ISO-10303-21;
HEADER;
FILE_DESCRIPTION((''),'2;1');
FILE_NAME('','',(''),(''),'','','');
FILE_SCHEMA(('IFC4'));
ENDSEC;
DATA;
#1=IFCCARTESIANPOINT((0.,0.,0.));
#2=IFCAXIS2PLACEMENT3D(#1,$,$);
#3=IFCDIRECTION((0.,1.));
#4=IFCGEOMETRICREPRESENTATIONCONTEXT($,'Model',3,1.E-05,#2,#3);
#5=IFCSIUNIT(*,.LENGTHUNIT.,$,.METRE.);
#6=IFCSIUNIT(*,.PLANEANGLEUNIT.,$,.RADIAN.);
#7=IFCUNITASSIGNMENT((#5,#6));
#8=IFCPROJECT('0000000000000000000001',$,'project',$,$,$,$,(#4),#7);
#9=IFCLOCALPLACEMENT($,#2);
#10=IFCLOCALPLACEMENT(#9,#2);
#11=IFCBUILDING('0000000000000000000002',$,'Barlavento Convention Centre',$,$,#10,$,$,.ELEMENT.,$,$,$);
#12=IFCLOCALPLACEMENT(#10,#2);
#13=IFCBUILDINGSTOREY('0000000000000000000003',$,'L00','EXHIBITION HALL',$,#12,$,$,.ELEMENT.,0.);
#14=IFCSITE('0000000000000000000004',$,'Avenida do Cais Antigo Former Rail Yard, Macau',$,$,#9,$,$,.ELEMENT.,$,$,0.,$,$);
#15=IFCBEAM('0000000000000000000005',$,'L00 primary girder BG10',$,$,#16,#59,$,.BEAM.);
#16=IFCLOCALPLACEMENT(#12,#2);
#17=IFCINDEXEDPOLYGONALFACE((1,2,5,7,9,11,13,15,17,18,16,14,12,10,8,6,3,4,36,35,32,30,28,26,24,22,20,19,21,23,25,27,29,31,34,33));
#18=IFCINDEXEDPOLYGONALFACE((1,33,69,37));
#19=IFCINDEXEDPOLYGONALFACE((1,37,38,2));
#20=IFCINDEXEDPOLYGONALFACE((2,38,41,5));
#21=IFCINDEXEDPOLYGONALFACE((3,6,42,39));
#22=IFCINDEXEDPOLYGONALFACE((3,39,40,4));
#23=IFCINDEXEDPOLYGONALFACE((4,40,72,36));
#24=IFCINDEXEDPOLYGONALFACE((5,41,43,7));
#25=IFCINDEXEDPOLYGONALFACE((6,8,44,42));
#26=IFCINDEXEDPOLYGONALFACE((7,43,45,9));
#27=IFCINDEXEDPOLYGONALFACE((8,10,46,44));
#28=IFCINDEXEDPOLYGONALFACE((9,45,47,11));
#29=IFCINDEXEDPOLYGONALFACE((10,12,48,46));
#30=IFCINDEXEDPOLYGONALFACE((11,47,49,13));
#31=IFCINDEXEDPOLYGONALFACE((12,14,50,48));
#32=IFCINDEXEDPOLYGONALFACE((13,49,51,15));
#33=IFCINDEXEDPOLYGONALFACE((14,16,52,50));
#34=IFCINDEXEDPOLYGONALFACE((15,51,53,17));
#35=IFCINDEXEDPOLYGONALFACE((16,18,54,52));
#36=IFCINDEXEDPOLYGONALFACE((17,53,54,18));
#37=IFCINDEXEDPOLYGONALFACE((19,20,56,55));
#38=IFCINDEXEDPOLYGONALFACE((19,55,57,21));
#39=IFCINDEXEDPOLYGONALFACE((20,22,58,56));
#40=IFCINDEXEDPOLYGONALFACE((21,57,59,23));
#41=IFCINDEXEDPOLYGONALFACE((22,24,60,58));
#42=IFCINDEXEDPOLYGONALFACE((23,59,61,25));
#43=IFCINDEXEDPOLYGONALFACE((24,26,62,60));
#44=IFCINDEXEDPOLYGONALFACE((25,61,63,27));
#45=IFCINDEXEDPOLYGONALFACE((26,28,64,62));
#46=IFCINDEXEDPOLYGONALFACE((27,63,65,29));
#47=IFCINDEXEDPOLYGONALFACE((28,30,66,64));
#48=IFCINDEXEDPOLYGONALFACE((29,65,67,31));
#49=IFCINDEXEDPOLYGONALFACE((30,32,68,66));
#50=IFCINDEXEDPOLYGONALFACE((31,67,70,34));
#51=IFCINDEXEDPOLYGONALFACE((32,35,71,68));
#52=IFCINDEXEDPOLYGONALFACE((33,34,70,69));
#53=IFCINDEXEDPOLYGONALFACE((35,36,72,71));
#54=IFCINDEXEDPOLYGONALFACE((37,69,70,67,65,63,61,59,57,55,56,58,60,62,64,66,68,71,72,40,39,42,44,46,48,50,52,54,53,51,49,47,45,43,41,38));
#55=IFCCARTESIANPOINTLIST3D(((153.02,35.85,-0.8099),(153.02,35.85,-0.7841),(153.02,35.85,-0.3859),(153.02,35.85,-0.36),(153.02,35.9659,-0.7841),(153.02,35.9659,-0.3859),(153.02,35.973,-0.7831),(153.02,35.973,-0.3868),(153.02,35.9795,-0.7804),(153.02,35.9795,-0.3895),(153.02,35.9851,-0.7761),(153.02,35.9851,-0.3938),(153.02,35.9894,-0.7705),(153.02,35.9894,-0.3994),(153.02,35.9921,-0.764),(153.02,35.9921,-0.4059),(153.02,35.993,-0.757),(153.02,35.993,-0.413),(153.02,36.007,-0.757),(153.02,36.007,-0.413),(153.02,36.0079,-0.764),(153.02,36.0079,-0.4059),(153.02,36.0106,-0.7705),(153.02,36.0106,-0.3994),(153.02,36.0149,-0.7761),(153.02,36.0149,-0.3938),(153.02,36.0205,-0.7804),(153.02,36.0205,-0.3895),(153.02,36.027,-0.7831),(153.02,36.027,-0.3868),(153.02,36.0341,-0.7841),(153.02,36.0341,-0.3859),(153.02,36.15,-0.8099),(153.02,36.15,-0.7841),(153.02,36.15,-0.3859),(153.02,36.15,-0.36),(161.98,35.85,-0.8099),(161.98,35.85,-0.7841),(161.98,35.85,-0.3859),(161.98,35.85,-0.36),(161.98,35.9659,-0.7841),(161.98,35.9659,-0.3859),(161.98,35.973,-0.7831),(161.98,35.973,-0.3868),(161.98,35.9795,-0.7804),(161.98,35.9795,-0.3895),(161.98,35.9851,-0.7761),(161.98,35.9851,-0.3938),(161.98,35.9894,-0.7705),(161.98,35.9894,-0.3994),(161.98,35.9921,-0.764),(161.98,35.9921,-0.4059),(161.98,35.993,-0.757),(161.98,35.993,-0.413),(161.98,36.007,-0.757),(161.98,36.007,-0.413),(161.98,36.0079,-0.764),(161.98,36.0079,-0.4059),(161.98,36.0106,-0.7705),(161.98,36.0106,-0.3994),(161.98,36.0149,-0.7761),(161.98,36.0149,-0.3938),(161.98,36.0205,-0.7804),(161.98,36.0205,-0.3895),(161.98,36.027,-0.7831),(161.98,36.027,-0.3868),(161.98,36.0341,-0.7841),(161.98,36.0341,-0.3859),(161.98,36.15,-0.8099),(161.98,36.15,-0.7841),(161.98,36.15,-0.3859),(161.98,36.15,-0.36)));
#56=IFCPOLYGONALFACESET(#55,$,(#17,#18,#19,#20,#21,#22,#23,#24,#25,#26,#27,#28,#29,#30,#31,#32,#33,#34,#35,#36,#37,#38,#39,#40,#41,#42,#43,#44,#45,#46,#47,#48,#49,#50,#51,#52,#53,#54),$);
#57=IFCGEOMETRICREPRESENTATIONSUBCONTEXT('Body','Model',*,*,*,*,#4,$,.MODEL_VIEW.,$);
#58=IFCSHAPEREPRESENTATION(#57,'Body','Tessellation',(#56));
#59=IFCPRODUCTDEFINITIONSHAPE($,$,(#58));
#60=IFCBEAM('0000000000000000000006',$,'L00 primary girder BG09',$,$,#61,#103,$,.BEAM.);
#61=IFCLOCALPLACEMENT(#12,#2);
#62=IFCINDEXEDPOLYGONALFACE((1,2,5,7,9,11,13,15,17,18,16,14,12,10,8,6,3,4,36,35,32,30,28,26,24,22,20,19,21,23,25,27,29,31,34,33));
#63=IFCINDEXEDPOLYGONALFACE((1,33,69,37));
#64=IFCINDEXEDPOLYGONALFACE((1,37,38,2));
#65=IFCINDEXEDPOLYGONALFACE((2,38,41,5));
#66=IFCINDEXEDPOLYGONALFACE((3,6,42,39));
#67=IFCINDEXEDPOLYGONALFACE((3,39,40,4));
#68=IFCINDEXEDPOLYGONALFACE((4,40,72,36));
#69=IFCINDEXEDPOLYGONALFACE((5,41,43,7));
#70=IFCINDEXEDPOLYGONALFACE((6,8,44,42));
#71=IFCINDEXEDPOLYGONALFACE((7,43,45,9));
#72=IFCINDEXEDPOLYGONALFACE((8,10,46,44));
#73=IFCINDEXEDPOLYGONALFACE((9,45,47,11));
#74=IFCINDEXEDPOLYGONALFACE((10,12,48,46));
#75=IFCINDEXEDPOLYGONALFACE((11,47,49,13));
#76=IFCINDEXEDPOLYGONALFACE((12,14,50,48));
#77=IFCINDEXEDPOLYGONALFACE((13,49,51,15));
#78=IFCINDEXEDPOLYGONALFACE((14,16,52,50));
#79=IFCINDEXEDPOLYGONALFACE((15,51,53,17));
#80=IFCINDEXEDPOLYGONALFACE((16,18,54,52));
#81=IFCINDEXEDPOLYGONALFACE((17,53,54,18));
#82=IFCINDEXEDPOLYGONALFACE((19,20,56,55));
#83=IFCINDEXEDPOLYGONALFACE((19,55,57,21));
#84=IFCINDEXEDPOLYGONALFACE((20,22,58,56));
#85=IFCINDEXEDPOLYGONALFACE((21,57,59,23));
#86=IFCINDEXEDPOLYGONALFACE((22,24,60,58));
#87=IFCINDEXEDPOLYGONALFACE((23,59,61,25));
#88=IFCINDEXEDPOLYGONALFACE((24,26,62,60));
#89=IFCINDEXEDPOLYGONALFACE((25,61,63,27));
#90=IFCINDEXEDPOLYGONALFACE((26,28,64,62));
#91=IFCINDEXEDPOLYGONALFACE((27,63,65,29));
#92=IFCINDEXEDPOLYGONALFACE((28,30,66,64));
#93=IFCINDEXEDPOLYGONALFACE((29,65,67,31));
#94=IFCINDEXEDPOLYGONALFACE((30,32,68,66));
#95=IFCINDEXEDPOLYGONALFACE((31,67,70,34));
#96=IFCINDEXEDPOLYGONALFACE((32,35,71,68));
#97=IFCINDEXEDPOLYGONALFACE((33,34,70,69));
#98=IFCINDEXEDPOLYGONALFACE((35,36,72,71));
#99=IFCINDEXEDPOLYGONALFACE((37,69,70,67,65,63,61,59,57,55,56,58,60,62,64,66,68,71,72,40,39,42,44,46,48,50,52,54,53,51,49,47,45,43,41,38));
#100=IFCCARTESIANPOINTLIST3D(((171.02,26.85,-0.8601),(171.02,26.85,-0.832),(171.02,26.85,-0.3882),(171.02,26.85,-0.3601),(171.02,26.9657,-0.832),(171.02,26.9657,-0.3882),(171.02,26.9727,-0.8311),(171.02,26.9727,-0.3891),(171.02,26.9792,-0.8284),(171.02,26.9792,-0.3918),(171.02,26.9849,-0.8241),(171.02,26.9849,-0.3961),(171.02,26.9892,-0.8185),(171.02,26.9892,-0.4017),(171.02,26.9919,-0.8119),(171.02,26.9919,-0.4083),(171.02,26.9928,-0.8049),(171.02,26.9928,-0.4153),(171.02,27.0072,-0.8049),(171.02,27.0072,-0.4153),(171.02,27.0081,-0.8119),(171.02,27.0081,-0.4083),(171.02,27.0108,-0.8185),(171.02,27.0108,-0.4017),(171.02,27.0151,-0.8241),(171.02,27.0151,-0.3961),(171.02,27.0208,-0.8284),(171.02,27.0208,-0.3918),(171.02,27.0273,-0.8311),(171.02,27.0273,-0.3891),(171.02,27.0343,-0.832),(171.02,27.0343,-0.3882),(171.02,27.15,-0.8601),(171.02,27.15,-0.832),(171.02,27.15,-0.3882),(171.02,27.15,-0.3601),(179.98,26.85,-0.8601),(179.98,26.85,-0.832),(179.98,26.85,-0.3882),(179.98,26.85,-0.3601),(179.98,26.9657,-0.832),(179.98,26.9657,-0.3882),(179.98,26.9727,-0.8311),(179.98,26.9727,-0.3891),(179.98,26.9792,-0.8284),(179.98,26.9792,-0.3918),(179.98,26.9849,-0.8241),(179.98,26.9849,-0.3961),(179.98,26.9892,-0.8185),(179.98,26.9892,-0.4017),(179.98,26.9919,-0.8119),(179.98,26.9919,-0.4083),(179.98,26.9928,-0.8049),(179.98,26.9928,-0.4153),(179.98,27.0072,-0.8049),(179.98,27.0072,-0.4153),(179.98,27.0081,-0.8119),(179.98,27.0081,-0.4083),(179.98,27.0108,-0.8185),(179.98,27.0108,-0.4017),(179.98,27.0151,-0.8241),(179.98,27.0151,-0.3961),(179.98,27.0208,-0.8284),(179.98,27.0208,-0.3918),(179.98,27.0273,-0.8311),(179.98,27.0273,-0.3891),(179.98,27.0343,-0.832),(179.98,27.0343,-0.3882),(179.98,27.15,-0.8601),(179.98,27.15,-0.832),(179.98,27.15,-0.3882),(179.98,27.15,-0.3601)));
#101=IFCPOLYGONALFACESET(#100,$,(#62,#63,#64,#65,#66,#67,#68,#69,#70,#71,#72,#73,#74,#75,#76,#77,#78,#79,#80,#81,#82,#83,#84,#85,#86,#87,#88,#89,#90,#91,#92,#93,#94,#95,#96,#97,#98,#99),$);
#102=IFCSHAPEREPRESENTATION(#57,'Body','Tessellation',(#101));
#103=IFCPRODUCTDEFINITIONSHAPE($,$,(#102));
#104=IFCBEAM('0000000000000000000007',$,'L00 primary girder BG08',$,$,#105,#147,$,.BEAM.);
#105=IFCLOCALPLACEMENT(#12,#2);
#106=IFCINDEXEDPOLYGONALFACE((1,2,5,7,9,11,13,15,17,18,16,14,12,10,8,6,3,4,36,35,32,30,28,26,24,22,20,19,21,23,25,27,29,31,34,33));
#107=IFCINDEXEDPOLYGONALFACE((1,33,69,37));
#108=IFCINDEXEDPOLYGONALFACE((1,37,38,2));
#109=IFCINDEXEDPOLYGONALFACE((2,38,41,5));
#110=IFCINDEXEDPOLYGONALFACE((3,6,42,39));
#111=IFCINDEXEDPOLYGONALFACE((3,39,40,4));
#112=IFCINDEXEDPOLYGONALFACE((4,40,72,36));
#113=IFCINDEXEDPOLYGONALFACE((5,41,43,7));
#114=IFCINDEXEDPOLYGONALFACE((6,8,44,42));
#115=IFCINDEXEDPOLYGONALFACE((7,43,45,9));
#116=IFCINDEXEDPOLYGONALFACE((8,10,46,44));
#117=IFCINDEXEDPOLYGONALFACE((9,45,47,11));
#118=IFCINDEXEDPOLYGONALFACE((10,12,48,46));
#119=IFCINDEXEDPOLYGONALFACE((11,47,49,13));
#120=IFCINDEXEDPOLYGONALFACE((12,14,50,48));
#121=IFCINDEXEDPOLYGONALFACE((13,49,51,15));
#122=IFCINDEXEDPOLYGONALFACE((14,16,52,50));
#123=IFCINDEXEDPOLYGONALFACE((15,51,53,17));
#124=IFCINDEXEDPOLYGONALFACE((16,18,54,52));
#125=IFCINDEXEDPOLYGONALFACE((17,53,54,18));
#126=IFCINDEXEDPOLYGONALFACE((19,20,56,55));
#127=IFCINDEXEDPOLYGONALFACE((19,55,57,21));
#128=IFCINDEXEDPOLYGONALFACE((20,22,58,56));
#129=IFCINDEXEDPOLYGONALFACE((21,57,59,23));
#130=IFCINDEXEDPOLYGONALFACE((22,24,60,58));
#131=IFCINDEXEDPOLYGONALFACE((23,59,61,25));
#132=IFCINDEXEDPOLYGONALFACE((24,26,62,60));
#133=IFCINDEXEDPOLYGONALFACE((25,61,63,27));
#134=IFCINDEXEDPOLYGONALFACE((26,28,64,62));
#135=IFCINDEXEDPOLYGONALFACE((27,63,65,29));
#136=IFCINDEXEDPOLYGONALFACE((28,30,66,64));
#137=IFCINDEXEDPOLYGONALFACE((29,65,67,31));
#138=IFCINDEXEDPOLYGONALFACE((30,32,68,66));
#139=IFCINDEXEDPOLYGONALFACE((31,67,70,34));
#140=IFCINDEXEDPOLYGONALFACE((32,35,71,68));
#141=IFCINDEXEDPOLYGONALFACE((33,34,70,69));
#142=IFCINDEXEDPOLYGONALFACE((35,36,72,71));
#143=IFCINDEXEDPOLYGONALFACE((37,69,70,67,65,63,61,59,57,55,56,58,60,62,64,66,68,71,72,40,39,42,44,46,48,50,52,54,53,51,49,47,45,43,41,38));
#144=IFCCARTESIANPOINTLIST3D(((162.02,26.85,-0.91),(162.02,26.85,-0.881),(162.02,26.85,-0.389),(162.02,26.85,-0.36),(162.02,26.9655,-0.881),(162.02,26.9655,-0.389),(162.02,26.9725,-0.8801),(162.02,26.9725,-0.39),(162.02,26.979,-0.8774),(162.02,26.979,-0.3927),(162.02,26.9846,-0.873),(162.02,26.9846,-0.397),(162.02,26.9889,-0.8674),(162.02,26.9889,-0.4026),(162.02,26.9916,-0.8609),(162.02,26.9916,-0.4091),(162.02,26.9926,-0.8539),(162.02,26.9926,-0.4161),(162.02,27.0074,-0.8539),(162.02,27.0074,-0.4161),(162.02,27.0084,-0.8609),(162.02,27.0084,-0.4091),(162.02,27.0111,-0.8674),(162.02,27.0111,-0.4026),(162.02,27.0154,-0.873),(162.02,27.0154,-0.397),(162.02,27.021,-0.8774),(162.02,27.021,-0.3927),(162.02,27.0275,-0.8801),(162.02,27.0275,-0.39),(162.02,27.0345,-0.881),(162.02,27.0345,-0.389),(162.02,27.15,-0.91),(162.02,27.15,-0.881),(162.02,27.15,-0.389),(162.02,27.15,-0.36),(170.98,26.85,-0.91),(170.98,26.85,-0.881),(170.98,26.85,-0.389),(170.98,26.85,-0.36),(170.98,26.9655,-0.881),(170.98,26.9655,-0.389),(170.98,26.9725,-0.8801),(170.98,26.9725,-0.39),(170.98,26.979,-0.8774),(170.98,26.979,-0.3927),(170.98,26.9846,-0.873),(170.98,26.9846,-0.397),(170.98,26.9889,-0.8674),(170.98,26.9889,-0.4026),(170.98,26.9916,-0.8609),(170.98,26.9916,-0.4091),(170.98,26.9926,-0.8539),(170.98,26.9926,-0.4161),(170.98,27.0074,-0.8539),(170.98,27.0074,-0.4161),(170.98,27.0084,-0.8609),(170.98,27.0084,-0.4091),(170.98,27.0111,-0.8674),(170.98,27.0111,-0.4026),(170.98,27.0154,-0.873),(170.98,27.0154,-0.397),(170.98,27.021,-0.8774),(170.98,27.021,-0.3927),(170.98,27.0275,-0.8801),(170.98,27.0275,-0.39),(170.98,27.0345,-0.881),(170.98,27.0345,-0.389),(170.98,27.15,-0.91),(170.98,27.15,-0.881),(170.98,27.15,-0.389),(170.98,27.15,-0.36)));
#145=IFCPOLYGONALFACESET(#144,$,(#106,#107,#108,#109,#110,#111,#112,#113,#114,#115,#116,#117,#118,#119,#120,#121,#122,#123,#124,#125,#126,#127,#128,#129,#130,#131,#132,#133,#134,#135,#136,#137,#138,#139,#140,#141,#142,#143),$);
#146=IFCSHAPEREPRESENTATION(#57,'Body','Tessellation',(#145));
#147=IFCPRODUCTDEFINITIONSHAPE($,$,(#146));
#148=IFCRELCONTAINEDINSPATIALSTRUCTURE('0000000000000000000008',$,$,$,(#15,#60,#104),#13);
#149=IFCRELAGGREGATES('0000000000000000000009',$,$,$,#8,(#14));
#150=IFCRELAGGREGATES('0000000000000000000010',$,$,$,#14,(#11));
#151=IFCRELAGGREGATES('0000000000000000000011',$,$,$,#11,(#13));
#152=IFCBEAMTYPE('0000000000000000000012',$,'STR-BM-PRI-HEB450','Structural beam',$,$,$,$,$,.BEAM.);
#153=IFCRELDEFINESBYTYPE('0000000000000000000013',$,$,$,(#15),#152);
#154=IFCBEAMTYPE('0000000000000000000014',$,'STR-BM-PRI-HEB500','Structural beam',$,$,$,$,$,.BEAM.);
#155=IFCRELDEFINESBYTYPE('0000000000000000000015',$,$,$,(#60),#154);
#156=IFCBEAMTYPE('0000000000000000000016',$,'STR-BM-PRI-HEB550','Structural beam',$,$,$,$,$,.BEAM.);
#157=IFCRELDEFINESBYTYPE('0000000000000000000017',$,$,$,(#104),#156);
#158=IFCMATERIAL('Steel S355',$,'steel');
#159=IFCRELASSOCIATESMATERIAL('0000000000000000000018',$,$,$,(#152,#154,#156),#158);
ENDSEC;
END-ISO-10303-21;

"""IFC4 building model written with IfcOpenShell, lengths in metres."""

from ifc_helpers import new_model, si_unit, direction, frame, origin, origin_2d, place, context, subcontext, project, spatial, i_section, extrude, material, material_profile, profile_set, type_object, element, save


model = new_model("IFC4")

# Units and contexts
model_context = context("Model", 3, precision=1e-05, world=origin(), true_north=direction((0.0, 1.0)))
body_context = subcontext(model_context, "Body", "Model", "MODEL_VIEW")
ifc_project = project(units=[si_unit("LENGTHUNIT", "METRE"), si_unit("PLANEANGLEUNIT", "RADIAN")], contexts=[model_context])

# Site, building, storey
site_placement = place(None, origin())
site = spatial("IfcSite", under=ifc_project, at=site_placement, Name="Avenida do Cais Antigo Former Rail Yard, Macau", CompositionType="ELEMENT", RefElevation=0.0)
building_placement = place(site_placement, origin())
building = spatial("IfcBuilding", under=site, at=building_placement, Name="Barlavento Convention Centre", CompositionType="ELEMENT")
storey_placement = place(building_placement, origin())
storey = spatial("IfcBuildingStorey", under=building, at=storey_placement, Name="L00", Description="EXHIBITION HALL", CompositionType="ELEMENT", Elevation=0.0)

# Beams
ifc_material_1 = material(Name="Steel S355", Category="steel")
ifc_material_profile_1 = material_profile(ifc_material_1, i_section(OverallWidth=0.3, OverallDepth=0.45, WebThickness=0.0139, FlangeThickness=0.0259, FilletRadius=0.0271, at=origin_2d()), Name="HEB 450")
ifc_profile_set_1 = profile_set([ifc_material_profile_1], Name="Steel S355")
beam_type_1 = type_object("IfcBeamType", Name="STR-BM-PRI-HEB450", Description="Structural beam", PredefinedType="BEAM", material=ifc_profile_set_1)
beam_1_placement = place(storey_placement, frame((153.02, 36.0, -0.585), z_axis=(1.0, 0.0, 0.0), x_axis=(0.0, 1.0, 0.0)))
element("IfcBeam", 1, at=beam_1_placement, inside=storey, type_object=beam_type_1, Name="L00 primary girder BG10", PredefinedType="BEAM", context=body_context, shape_type="SweptSolid", body=[
    extrude(i_section(OverallWidth=0.3, OverallDepth=0.45, WebThickness=0.0139, FlangeThickness=0.0259, FilletRadius=0.0271, at=origin_2d()), origin(), (0.0, 0.0, 1.0), 8.96),
])
ifc_material_profile_2 = material_profile(ifc_material_1, i_section(OverallWidth=0.3, OverallDepth=0.5, WebThickness=0.0144, FlangeThickness=0.0281, FilletRadius=0.0271, at=origin_2d()), Name="HEB 500")
ifc_profile_set_2 = profile_set([ifc_material_profile_2], Name="Steel S355")
beam_type_2 = type_object("IfcBeamType", Name="STR-BM-PRI-HEB500", Description="Structural beam", PredefinedType="BEAM", material=ifc_profile_set_2)
beam_2_placement = place(storey_placement, frame((171.02, 27.0, -0.6101), z_axis=(1.0, 0.0, 0.0), x_axis=(0.0, 1.0, 0.0)))
element("IfcBeam", 2, at=beam_2_placement, inside=storey, type_object=beam_type_2, Name="L00 primary girder BG09", PredefinedType="BEAM", context=body_context, shape_type="SweptSolid", body=[
    extrude(i_section(OverallWidth=0.3, OverallDepth=0.5, WebThickness=0.0144, FlangeThickness=0.0281, FilletRadius=0.0271, at=origin_2d()), origin(), (0.0, 0.0, 1.0), 8.96),
])
ifc_material_profile_3 = material_profile(ifc_material_1, i_section(OverallWidth=0.3, OverallDepth=0.55, WebThickness=0.0149, FlangeThickness=0.0291, FilletRadius=0.0271, at=origin_2d()), Name="HEB 550")
ifc_profile_set_3 = profile_set([ifc_material_profile_3], Name="Steel S355")
beam_type_3 = type_object("IfcBeamType", Name="STR-BM-PRI-HEB550", Description="Structural beam", PredefinedType="BEAM", material=ifc_profile_set_3)
beam_3_placement = place(storey_placement, frame((162.02, 27.0, -0.635), z_axis=(1.0, 0.0, 0.0), x_axis=(0.0, 1.0, 0.0)))
element("IfcBeam", 3, at=beam_3_placement, inside=storey, type_object=beam_type_3, Name="L00 primary girder BG08", PredefinedType="BEAM", context=body_context, shape_type="SweptSolid", body=[
    extrude(i_section(OverallWidth=0.3, OverallDepth=0.55, WebThickness=0.0149, FlangeThickness=0.0291, FilletRadius=0.0271, at=origin_2d()), origin(), (0.0, 0.0, 1.0), 8.96),
])

save(model, "model.ifc")
